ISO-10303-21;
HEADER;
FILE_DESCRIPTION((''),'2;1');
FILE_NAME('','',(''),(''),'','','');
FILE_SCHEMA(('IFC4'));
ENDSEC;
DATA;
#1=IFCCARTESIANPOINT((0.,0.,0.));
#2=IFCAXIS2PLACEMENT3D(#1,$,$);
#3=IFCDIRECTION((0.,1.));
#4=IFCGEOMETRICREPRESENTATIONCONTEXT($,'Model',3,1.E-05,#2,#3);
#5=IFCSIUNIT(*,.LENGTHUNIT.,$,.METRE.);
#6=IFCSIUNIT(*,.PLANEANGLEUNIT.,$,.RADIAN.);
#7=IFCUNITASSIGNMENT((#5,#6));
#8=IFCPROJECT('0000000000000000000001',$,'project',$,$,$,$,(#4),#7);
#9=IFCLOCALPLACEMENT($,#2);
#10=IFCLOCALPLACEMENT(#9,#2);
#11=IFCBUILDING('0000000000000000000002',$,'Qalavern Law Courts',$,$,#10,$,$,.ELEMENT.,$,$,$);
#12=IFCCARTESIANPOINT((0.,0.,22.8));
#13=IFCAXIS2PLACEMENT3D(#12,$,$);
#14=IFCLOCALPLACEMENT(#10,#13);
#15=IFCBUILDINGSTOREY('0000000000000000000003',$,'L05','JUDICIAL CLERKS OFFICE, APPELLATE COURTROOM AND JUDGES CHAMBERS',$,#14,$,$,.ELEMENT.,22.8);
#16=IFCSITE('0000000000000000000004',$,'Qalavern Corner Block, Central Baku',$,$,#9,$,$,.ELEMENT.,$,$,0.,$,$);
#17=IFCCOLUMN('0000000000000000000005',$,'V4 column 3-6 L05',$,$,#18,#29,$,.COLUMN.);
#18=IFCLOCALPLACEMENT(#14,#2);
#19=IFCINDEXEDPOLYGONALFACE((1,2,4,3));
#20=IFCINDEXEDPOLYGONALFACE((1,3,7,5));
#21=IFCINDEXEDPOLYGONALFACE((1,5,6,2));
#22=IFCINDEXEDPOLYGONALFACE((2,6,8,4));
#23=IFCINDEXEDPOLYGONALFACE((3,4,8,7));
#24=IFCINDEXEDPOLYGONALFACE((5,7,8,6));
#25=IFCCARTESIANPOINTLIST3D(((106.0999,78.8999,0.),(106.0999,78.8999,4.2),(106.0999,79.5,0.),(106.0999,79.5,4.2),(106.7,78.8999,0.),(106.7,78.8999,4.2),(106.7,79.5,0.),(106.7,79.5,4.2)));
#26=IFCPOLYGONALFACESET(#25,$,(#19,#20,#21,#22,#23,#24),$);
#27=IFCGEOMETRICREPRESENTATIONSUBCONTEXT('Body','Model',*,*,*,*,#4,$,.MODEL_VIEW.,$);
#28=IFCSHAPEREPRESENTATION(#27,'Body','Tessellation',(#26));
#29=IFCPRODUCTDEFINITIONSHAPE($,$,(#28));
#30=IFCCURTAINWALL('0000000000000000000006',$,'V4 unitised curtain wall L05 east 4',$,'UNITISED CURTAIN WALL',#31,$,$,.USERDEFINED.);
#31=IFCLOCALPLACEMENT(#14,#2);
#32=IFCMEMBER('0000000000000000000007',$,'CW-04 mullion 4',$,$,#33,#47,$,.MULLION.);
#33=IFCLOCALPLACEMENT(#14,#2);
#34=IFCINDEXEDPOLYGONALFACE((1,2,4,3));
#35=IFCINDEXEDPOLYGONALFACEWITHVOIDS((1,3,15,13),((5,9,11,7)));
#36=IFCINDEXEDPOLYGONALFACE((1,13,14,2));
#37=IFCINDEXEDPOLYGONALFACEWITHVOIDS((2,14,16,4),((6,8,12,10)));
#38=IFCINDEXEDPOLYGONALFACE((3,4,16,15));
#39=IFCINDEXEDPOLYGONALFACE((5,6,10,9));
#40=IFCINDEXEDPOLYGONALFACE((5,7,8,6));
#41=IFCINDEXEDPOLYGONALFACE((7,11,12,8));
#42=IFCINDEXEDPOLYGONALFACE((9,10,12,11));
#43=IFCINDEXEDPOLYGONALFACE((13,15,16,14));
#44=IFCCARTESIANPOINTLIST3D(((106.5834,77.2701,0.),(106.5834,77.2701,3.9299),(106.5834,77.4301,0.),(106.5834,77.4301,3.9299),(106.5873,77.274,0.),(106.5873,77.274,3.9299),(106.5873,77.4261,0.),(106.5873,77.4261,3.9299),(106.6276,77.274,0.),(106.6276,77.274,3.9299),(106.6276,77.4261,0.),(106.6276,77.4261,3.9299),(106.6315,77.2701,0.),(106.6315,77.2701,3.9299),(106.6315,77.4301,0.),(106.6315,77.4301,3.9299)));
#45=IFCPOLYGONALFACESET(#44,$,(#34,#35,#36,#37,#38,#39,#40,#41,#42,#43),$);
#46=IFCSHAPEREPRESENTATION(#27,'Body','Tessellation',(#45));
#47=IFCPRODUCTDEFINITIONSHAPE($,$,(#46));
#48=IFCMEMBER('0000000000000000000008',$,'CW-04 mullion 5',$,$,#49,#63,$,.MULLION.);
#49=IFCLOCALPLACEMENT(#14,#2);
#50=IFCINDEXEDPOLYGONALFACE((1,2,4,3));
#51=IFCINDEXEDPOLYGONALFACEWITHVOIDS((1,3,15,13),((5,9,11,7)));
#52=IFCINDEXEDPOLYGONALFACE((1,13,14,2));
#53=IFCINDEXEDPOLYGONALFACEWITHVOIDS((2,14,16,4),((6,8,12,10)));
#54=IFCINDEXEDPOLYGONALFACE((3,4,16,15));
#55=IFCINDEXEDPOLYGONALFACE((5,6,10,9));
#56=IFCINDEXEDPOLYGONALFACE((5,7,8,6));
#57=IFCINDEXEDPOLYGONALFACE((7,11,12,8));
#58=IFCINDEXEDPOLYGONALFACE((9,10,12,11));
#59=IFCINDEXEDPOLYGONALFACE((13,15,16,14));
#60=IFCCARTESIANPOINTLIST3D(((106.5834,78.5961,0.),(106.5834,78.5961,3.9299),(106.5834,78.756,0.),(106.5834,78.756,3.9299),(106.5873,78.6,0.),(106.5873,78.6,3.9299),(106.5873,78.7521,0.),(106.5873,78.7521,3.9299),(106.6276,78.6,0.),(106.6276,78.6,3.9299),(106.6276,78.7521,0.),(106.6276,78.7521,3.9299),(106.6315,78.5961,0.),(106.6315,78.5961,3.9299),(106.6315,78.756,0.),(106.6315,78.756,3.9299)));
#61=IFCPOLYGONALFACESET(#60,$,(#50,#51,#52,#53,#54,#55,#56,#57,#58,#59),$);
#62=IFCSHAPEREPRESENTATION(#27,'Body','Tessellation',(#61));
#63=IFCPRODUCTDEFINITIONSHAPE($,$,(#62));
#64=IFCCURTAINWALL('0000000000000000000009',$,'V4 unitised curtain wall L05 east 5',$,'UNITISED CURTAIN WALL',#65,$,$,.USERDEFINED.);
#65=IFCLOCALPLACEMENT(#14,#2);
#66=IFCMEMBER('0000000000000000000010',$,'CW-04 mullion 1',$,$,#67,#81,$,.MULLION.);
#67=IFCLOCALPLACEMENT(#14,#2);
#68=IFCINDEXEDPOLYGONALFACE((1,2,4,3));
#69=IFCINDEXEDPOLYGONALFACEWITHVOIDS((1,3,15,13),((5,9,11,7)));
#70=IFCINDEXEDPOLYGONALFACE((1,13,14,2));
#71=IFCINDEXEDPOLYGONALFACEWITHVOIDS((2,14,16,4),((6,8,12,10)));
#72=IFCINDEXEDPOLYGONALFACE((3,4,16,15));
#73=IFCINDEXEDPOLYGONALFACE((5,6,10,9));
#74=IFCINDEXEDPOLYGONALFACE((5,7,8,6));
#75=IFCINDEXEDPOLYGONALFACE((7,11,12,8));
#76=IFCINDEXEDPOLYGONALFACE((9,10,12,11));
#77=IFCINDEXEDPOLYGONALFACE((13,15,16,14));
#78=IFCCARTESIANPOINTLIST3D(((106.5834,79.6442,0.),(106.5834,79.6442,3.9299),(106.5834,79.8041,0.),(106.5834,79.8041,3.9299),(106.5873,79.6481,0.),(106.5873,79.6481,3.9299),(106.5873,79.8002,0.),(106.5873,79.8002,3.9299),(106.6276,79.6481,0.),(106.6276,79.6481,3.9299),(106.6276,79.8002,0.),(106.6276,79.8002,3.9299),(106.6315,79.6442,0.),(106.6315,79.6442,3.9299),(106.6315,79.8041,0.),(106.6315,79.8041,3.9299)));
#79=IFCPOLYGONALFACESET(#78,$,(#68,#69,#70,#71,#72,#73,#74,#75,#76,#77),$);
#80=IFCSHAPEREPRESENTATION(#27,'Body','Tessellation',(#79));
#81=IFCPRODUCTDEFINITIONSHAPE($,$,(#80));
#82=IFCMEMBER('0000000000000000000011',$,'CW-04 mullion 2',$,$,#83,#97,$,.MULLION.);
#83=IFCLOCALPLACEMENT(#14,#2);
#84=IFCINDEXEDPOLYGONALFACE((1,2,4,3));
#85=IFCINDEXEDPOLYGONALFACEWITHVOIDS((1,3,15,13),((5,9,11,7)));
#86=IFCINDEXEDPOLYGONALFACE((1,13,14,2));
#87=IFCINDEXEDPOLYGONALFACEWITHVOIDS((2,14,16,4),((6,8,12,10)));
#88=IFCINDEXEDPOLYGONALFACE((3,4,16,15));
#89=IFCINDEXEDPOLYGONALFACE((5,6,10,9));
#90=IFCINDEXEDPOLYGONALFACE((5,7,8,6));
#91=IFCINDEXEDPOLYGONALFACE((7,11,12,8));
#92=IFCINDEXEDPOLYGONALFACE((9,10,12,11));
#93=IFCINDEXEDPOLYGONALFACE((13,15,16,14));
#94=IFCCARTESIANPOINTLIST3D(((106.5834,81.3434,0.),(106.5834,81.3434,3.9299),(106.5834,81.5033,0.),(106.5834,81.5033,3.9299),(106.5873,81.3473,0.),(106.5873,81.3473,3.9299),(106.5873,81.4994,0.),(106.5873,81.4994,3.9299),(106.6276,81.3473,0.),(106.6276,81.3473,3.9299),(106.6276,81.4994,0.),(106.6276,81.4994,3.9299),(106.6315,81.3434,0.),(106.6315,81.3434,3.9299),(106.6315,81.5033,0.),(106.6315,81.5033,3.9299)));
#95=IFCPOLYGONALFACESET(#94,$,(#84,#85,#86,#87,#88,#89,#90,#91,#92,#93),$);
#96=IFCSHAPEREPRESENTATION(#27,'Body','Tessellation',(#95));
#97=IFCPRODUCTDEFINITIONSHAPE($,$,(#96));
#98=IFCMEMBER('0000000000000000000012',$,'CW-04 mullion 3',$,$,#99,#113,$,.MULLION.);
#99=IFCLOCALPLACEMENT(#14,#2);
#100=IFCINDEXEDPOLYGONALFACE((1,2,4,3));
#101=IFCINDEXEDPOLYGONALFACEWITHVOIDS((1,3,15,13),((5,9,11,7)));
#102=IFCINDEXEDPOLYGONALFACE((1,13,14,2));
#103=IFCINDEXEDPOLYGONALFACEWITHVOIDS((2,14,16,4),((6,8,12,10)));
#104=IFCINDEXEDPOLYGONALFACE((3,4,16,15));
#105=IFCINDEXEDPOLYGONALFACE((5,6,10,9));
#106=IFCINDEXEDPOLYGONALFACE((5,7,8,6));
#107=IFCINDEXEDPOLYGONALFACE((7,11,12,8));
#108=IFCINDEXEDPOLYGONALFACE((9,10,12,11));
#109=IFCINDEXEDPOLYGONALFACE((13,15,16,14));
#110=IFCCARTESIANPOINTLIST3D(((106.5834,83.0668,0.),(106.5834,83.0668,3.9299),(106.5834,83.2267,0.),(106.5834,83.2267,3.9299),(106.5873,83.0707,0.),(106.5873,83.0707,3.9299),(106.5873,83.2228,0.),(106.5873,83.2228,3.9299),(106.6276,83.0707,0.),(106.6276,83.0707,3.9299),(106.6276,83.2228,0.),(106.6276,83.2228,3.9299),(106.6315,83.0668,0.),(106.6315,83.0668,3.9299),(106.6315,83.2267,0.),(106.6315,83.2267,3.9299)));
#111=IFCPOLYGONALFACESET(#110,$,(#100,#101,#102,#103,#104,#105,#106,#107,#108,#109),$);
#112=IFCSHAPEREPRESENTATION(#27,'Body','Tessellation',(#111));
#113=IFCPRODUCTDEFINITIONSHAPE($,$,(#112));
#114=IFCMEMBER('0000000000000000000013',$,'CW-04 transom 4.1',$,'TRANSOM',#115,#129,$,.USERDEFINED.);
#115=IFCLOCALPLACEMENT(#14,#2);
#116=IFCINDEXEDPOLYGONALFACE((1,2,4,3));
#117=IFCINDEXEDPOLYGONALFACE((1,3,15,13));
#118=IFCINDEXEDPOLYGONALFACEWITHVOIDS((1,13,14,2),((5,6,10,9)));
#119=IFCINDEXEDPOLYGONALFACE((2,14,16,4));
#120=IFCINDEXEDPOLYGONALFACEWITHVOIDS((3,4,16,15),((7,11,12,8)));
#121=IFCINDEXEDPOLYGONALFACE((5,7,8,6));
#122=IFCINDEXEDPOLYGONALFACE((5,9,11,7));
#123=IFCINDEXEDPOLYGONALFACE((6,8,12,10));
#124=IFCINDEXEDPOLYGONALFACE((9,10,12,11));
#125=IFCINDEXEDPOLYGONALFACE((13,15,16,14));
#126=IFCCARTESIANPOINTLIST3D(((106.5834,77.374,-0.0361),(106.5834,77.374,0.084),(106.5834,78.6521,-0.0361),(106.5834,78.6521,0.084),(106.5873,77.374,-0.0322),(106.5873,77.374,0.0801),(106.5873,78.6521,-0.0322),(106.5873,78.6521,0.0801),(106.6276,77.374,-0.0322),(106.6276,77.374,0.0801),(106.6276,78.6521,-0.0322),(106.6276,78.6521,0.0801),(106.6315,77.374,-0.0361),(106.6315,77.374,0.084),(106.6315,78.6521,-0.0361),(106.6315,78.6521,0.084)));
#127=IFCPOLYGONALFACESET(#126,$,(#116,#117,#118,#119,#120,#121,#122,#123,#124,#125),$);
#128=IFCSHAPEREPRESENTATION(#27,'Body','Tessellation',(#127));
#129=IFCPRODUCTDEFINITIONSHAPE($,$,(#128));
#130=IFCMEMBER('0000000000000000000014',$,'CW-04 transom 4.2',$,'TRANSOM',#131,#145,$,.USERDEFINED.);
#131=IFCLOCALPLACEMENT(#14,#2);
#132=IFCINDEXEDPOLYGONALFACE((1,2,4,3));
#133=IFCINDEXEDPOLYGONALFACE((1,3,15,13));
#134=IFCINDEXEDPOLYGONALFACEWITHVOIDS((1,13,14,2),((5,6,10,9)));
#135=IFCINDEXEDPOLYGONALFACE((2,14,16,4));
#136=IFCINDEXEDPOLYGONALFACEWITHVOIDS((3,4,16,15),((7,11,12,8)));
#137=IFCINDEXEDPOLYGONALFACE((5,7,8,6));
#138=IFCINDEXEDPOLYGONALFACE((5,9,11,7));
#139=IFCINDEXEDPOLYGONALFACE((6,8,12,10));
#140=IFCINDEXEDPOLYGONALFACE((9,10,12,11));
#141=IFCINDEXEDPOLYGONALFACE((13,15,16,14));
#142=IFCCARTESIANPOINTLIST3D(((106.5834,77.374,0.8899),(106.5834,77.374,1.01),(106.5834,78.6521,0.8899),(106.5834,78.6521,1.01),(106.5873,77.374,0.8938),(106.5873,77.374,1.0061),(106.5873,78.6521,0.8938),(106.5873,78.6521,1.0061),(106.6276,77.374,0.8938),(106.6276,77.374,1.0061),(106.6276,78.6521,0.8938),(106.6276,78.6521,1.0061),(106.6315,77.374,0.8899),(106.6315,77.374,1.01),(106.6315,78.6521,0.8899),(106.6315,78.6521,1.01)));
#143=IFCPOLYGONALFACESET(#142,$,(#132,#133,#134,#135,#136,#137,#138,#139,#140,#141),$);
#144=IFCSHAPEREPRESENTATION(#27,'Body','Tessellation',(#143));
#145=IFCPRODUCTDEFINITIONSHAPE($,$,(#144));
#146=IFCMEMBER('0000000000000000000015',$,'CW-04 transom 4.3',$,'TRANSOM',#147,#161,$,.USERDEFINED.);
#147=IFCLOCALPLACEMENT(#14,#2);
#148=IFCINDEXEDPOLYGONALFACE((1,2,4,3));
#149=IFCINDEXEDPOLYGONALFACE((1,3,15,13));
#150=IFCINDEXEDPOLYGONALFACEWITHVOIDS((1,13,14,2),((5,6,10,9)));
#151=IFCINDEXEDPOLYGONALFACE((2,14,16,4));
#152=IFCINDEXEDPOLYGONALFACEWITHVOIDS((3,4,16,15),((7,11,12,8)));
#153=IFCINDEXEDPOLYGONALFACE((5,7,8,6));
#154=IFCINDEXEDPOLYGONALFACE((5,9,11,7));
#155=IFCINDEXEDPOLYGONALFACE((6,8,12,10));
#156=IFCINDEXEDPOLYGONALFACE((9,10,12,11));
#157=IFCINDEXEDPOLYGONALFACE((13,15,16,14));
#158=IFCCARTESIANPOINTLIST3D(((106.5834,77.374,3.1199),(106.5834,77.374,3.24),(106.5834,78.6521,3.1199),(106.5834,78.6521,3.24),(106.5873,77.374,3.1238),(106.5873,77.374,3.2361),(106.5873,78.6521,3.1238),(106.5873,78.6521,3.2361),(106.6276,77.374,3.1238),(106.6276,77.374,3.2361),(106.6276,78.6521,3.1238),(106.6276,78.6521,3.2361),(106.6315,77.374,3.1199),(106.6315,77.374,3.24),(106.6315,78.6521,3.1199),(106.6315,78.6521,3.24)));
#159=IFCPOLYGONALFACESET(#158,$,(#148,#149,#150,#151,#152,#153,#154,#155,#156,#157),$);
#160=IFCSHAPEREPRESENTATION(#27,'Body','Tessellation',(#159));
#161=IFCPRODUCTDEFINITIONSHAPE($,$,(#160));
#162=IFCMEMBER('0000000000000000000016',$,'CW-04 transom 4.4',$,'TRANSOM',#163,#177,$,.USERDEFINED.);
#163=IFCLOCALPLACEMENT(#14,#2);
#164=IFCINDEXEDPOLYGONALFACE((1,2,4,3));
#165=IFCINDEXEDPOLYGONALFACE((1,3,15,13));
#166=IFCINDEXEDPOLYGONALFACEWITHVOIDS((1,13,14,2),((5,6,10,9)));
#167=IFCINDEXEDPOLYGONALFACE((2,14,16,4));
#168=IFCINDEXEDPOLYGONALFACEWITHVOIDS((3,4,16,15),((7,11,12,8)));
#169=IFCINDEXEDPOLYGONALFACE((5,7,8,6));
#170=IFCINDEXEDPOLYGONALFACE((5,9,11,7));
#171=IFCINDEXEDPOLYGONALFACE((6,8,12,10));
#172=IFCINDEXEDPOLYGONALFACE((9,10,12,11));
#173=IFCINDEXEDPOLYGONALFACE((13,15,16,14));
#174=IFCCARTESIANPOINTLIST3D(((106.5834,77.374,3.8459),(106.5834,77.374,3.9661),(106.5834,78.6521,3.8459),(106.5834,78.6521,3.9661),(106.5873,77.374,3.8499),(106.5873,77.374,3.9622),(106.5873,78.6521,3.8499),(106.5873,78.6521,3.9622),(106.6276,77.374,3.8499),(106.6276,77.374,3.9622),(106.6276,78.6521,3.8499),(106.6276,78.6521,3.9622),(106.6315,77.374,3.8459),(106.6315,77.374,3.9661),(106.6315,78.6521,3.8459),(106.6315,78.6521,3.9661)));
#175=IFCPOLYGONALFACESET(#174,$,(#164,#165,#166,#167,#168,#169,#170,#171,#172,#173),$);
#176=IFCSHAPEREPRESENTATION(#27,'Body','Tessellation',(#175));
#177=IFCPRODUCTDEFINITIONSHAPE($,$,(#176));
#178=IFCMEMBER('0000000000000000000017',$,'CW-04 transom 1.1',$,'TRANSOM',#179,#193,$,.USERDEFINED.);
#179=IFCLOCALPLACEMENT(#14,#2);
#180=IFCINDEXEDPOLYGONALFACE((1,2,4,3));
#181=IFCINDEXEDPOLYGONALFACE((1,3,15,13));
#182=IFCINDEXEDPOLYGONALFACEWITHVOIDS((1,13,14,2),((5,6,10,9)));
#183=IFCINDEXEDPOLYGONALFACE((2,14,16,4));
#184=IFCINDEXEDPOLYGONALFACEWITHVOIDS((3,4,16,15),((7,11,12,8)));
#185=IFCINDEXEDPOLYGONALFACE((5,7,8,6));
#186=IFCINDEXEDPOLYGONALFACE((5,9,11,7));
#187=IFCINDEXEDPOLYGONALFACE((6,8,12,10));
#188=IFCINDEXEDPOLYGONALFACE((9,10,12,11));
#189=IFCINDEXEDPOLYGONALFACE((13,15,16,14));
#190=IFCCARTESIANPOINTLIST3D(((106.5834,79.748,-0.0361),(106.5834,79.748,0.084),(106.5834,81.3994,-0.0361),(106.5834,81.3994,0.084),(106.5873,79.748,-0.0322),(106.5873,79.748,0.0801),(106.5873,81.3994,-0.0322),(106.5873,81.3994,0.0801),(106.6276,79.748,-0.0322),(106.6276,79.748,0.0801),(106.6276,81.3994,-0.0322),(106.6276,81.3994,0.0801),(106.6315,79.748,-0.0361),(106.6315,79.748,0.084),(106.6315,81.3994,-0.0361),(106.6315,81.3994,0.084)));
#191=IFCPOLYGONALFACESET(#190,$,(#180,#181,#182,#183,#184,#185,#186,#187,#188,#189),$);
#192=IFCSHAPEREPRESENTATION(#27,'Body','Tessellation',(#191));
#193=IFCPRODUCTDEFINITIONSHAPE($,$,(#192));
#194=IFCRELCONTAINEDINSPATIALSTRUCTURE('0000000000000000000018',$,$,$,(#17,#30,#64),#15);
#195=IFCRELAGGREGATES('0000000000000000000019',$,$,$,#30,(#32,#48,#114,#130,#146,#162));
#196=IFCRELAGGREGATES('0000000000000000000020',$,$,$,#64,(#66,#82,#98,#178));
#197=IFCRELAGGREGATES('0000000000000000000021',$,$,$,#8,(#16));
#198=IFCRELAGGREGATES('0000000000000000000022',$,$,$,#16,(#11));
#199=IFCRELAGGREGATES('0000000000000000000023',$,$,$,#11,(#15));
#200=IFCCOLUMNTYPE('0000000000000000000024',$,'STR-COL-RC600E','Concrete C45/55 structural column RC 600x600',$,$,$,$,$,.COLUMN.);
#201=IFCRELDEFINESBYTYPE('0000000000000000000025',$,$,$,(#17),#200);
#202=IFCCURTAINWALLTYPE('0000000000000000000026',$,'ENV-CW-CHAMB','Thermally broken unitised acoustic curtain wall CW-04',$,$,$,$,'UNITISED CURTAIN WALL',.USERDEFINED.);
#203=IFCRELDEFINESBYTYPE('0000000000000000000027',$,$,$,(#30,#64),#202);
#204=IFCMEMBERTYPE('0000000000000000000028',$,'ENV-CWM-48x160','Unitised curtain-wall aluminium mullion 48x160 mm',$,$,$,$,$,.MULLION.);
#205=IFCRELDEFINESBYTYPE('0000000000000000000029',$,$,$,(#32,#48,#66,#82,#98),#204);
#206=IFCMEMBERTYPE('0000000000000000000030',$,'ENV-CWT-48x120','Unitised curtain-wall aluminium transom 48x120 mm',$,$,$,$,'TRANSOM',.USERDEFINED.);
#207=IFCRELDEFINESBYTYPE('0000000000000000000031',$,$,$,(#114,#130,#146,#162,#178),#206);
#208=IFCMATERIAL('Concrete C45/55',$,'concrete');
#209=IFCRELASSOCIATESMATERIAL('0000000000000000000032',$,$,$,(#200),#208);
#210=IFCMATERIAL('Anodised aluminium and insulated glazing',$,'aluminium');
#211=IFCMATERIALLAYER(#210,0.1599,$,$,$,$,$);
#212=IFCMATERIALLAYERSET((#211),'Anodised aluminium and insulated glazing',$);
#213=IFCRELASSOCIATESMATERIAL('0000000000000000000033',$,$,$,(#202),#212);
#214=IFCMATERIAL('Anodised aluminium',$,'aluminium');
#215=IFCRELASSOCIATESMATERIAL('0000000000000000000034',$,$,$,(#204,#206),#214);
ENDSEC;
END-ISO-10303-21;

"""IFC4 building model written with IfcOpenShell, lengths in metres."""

from ifc_helpers import new_model, si_unit, direction, frame, origin, origin_2d, place, context, subcontext, project, spatial, rectangle, hollow_rectangle, extrude, material, layer, layer_set, material_profile, profile_set, type_object, element, aggregate, save


model = new_model("IFC4")

# Units and contexts
model_context = context("Model", 3, precision=1e-05, world=origin(), true_north=direction((0.0, 1.0)))
body_context = subcontext(model_context, "Body", "Model", "MODEL_VIEW")
ifc_project = project(units=[si_unit("LENGTHUNIT", "METRE"), si_unit("PLANEANGLEUNIT", "RADIAN")], contexts=[model_context])

# Site, building, storey
site_placement = place(None, origin())
site = spatial("IfcSite", under=ifc_project, at=site_placement, Name="Qalavern Corner Block, Central Baku", CompositionType="ELEMENT", RefElevation=0.0)
building_placement = place(site_placement, origin())
building = spatial("IfcBuilding", under=site, at=building_placement, Name="Qalavern Law Courts", CompositionType="ELEMENT")
storey_placement = place(building_placement, frame((0.0, 0.0, 22.8)))
storey = spatial("IfcBuildingStorey", under=building, at=storey_placement, Name="L05", Description="JUDICIAL CLERKS OFFICE, APPELLATE COURTROOM AND JUDGES CHAMBERS", CompositionType="ELEMENT", Elevation=22.8)

# Column
ifc_material_1 = material(Name="Concrete C45/55", Category="concrete")
ifc_material_profile_1 = material_profile(ifc_material_1, rectangle(XDim=0.6001, YDim=0.6001, at=origin_2d()), Name="RC 600x600")
ifc_profile_set_1 = profile_set([ifc_material_profile_1], Name="Concrete C45/55")
column_type = type_object("IfcColumnType", Name="STR-COL-RC600E", Description="Concrete C45/55 structural column RC 600x600", PredefinedType="COLUMN", material=ifc_profile_set_1)
column_placement = place(storey_placement, frame((106.3999, 79.2, 0.0), z_axis=(0.0, 0.0, 1.0), x_axis=(1.0, 0.0, 0.0)))
element("IfcColumn", 1, at=column_placement, inside=storey, type_object=column_type, Name="V4 column 3-6 L05", PredefinedType="COLUMN", context=body_context, shape_type="SweptSolid", body=[
    extrude(rectangle(XDim=0.6001, YDim=0.6001, at=origin_2d()), origin(), (0.0, 0.0, 1.0), 4.2),
])

# Curtain walls, members
ifc_material_2 = material(Name="Anodised aluminium and insulated glazing", Category="aluminium")
ifc_layer_1 = layer(ifc_material_2, 0.1599)
ifc_layer_set_1 = layer_set([ifc_layer_1], Name="Anodised aluminium and insulated glazing")
curtain_wall_type = type_object("IfcCurtainWallType", Name="ENV-CW-CHAMB", Description="Thermally broken unitised acoustic curtain wall CW-04", ElementType="UNITISED CURTAIN WALL", PredefinedType="USERDEFINED", material=ifc_layer_set_1)
curtain_wall_1_placement = place(storey_placement, origin())
curtain_wall_1 = element("IfcCurtainWall", 2, at=curtain_wall_1_placement, inside=storey, type_object=curtain_wall_type, Name="V4 unitised curtain wall L05 east 4", ObjectType="UNITISED CURTAIN WALL", PredefinedType="USERDEFINED")
ifc_material_3 = material(Name="Anodised aluminium", Category="aluminium")
ifc_material_profile_2 = material_profile(ifc_material_3, hollow_rectangle(XDim=0.0481, YDim=0.1599, WallThickness=0.0039, at=origin_2d()), Name="ALU MULLION 48x160")
ifc_profile_set_2 = profile_set([ifc_material_profile_2], Name="Anodised aluminium")
member_type_1 = type_object("IfcMemberType", Name="ENV-CWM-48x160", Description="Unitised curtain-wall aluminium mullion 48x160 mm", PredefinedType="MULLION", material=ifc_profile_set_2)
member_1_placement = place(storey_placement, frame((106.6074, 77.3501, 0.0), z_axis=(0.0, 0.0, 1.0), x_axis=(-1.0, 0.0, 0.0)))
member_1 = element("IfcMember", 3, at=member_1_placement, type_object=member_type_1, Name="CW-04 mullion 4", PredefinedType="MULLION", context=body_context, shape_type="SweptSolid", body=[
    extrude(hollow_rectangle(XDim=0.0481, YDim=0.1599, WallThickness=0.0039, at=origin_2d()), origin(), (0.0, 0.0, 1.0), 3.9299),
])
member_2_placement = place(storey_placement, frame((106.6074, 78.676, 0.0), z_axis=(0.0, 0.0, 1.0), x_axis=(-1.0, 0.0, 0.0)))
member_2 = element("IfcMember", 4, at=member_2_placement, type_object=member_type_1, Name="CW-04 mullion 5", PredefinedType="MULLION", context=body_context, shape_type="SweptSolid", body=[
    extrude(hollow_rectangle(XDim=0.0481, YDim=0.1599, WallThickness=0.0039, at=origin_2d()), origin(), (0.0, 0.0, 1.0), 3.9299),
])
curtain_wall_2_placement = place(storey_placement, origin())
curtain_wall_2 = element("IfcCurtainWall", 5, at=curtain_wall_2_placement, inside=storey, type_object=curtain_wall_type, Name="V4 unitised curtain wall L05 east 5", ObjectType="UNITISED CURTAIN WALL", PredefinedType="USERDEFINED")
member_3_placement = place(storey_placement, frame((106.6074, 79.7241, 0.0), z_axis=(0.0, 0.0, 1.0), x_axis=(-1.0, 0.0, 0.0)))
member_3 = element("IfcMember", 6, at=member_3_placement, type_object=member_type_1, Name="CW-04 mullion 1", PredefinedType="MULLION", context=body_context, shape_type="SweptSolid", body=[
    extrude(hollow_rectangle(XDim=0.0481, YDim=0.1599, WallThickness=0.0039, at=origin_2d()), origin(), (0.0, 0.0, 1.0), 3.9299),
])
member_4_placement = place(storey_placement, frame((106.6074, 81.4233, 0.0), z_axis=(0.0, 0.0, 1.0), x_axis=(-1.0, 0.0, 0.0)))
member_4 = element("IfcMember", 7, at=member_4_placement, type_object=member_type_1, Name="CW-04 mullion 2", PredefinedType="MULLION", context=body_context, shape_type="SweptSolid", body=[
    extrude(hollow_rectangle(XDim=0.0481, YDim=0.1599, WallThickness=0.0039, at=origin_2d()), origin(), (0.0, 0.0, 1.0), 3.9299),
])
member_5_placement = place(storey_placement, frame((106.6074, 83.1467, 0.0), z_axis=(0.0, 0.0, 1.0), x_axis=(-1.0, 0.0, 0.0)))
member_5 = element("IfcMember", 8, at=member_5_placement, type_object=member_type_1, Name="CW-04 mullion 3", PredefinedType="MULLION", context=body_context, shape_type="SweptSolid", body=[
    extrude(hollow_rectangle(XDim=0.0481, YDim=0.1599, WallThickness=0.0039, at=origin_2d()), origin(), (0.0, 0.0, 1.0), 3.9299),
])

# Members
ifc_material_profile_3 = material_profile(ifc_material_3, hollow_rectangle(XDim=0.0481, YDim=0.1201, WallThickness=0.0039, at=origin_2d()), Name="ALU TRANSOM 48x120")
ifc_profile_set_3 = profile_set([ifc_material_profile_3], Name="Anodised aluminium")
member_type_2 = type_object("IfcMemberType", Name="ENV-CWT-48x120", Description="Unitised curtain-wall aluminium transom 48x120 mm", ElementType="TRANSOM", PredefinedType="USERDEFINED", material=ifc_profile_set_3)
member_6_placement = place(storey_placement, frame((106.6074, 77.374, 0.0239), z_axis=(0.0, 1.0, 0.0), x_axis=(-1.0, 0.0, 0.0)))
member_6 = element("IfcMember", 9, at=member_6_placement, type_object=member_type_2, Name="CW-04 transom 4.1", ObjectType="TRANSOM", PredefinedType="USERDEFINED", context=body_context, shape_type="SweptSolid", body=[
    extrude(hollow_rectangle(XDim=0.0481, YDim=0.1201, WallThickness=0.0039, at=origin_2d()), origin(), (0.0, 0.0, 1.0), 1.2781),
])
member_7_placement = place(storey_placement, frame((106.6074, 77.374, 0.95), z_axis=(0.0, 1.0, 0.0), x_axis=(-1.0, 0.0, 0.0)))
member_7 = element("IfcMember", 10, at=member_7_placement, type_object=member_type_2, Name="CW-04 transom 4.2", ObjectType="TRANSOM", PredefinedType="USERDEFINED", context=body_context, shape_type="SweptSolid", body=[
    extrude(hollow_rectangle(XDim=0.0481, YDim=0.1201, WallThickness=0.0039, at=origin_2d()), origin(), (0.0, 0.0, 1.0), 1.2781),
])
member_8_placement = place(storey_placement, frame((106.6074, 77.374, 3.1799), z_axis=(0.0, 1.0, 0.0), x_axis=(-1.0, 0.0, 0.0)))
member_8 = element("IfcMember", 11, at=member_8_placement, type_object=member_type_2, Name="CW-04 transom 4.3", ObjectType="TRANSOM", PredefinedType="USERDEFINED", context=body_context, shape_type="SweptSolid", body=[
    extrude(hollow_rectangle(XDim=0.0481, YDim=0.1201, WallThickness=0.0039, at=origin_2d()), origin(), (0.0, 0.0, 1.0), 1.2781),
])
member_9_placement = place(storey_placement, frame((106.6074, 77.374, 3.906), z_axis=(0.0, 1.0, 0.0), x_axis=(-1.0, 0.0, 0.0)))
member_9 = element("IfcMember", 12, at=member_9_placement, type_object=member_type_2, Name="CW-04 transom 4.4", ObjectType="TRANSOM", PredefinedType="USERDEFINED", context=body_context, shape_type="SweptSolid", body=[
    extrude(hollow_rectangle(XDim=0.0481, YDim=0.1201, WallThickness=0.0039, at=origin_2d()), origin(), (0.0, 0.0, 1.0), 1.2781),
])
member_10_placement = place(storey_placement, frame((106.6074, 79.748, 0.0239), z_axis=(0.0, 1.0, 0.0), x_axis=(-1.0, 0.0, 0.0)))
member_10 = element("IfcMember", 13, at=member_10_placement, type_object=member_type_2, Name="CW-04 transom 1.1", ObjectType="TRANSOM", PredefinedType="USERDEFINED", context=body_context, shape_type="SweptSolid", body=[
    extrude(hollow_rectangle(XDim=0.0481, YDim=0.1201, WallThickness=0.0039, at=origin_2d()), origin(), (0.0, 0.0, 1.0), 1.6514),
])

aggregate(curtain_wall_1, [member_1, member_2, member_6, member_7, member_8, member_9])
aggregate(curtain_wall_2, [member_3, member_4, member_5, member_10])

save(model, "model.ifc")
